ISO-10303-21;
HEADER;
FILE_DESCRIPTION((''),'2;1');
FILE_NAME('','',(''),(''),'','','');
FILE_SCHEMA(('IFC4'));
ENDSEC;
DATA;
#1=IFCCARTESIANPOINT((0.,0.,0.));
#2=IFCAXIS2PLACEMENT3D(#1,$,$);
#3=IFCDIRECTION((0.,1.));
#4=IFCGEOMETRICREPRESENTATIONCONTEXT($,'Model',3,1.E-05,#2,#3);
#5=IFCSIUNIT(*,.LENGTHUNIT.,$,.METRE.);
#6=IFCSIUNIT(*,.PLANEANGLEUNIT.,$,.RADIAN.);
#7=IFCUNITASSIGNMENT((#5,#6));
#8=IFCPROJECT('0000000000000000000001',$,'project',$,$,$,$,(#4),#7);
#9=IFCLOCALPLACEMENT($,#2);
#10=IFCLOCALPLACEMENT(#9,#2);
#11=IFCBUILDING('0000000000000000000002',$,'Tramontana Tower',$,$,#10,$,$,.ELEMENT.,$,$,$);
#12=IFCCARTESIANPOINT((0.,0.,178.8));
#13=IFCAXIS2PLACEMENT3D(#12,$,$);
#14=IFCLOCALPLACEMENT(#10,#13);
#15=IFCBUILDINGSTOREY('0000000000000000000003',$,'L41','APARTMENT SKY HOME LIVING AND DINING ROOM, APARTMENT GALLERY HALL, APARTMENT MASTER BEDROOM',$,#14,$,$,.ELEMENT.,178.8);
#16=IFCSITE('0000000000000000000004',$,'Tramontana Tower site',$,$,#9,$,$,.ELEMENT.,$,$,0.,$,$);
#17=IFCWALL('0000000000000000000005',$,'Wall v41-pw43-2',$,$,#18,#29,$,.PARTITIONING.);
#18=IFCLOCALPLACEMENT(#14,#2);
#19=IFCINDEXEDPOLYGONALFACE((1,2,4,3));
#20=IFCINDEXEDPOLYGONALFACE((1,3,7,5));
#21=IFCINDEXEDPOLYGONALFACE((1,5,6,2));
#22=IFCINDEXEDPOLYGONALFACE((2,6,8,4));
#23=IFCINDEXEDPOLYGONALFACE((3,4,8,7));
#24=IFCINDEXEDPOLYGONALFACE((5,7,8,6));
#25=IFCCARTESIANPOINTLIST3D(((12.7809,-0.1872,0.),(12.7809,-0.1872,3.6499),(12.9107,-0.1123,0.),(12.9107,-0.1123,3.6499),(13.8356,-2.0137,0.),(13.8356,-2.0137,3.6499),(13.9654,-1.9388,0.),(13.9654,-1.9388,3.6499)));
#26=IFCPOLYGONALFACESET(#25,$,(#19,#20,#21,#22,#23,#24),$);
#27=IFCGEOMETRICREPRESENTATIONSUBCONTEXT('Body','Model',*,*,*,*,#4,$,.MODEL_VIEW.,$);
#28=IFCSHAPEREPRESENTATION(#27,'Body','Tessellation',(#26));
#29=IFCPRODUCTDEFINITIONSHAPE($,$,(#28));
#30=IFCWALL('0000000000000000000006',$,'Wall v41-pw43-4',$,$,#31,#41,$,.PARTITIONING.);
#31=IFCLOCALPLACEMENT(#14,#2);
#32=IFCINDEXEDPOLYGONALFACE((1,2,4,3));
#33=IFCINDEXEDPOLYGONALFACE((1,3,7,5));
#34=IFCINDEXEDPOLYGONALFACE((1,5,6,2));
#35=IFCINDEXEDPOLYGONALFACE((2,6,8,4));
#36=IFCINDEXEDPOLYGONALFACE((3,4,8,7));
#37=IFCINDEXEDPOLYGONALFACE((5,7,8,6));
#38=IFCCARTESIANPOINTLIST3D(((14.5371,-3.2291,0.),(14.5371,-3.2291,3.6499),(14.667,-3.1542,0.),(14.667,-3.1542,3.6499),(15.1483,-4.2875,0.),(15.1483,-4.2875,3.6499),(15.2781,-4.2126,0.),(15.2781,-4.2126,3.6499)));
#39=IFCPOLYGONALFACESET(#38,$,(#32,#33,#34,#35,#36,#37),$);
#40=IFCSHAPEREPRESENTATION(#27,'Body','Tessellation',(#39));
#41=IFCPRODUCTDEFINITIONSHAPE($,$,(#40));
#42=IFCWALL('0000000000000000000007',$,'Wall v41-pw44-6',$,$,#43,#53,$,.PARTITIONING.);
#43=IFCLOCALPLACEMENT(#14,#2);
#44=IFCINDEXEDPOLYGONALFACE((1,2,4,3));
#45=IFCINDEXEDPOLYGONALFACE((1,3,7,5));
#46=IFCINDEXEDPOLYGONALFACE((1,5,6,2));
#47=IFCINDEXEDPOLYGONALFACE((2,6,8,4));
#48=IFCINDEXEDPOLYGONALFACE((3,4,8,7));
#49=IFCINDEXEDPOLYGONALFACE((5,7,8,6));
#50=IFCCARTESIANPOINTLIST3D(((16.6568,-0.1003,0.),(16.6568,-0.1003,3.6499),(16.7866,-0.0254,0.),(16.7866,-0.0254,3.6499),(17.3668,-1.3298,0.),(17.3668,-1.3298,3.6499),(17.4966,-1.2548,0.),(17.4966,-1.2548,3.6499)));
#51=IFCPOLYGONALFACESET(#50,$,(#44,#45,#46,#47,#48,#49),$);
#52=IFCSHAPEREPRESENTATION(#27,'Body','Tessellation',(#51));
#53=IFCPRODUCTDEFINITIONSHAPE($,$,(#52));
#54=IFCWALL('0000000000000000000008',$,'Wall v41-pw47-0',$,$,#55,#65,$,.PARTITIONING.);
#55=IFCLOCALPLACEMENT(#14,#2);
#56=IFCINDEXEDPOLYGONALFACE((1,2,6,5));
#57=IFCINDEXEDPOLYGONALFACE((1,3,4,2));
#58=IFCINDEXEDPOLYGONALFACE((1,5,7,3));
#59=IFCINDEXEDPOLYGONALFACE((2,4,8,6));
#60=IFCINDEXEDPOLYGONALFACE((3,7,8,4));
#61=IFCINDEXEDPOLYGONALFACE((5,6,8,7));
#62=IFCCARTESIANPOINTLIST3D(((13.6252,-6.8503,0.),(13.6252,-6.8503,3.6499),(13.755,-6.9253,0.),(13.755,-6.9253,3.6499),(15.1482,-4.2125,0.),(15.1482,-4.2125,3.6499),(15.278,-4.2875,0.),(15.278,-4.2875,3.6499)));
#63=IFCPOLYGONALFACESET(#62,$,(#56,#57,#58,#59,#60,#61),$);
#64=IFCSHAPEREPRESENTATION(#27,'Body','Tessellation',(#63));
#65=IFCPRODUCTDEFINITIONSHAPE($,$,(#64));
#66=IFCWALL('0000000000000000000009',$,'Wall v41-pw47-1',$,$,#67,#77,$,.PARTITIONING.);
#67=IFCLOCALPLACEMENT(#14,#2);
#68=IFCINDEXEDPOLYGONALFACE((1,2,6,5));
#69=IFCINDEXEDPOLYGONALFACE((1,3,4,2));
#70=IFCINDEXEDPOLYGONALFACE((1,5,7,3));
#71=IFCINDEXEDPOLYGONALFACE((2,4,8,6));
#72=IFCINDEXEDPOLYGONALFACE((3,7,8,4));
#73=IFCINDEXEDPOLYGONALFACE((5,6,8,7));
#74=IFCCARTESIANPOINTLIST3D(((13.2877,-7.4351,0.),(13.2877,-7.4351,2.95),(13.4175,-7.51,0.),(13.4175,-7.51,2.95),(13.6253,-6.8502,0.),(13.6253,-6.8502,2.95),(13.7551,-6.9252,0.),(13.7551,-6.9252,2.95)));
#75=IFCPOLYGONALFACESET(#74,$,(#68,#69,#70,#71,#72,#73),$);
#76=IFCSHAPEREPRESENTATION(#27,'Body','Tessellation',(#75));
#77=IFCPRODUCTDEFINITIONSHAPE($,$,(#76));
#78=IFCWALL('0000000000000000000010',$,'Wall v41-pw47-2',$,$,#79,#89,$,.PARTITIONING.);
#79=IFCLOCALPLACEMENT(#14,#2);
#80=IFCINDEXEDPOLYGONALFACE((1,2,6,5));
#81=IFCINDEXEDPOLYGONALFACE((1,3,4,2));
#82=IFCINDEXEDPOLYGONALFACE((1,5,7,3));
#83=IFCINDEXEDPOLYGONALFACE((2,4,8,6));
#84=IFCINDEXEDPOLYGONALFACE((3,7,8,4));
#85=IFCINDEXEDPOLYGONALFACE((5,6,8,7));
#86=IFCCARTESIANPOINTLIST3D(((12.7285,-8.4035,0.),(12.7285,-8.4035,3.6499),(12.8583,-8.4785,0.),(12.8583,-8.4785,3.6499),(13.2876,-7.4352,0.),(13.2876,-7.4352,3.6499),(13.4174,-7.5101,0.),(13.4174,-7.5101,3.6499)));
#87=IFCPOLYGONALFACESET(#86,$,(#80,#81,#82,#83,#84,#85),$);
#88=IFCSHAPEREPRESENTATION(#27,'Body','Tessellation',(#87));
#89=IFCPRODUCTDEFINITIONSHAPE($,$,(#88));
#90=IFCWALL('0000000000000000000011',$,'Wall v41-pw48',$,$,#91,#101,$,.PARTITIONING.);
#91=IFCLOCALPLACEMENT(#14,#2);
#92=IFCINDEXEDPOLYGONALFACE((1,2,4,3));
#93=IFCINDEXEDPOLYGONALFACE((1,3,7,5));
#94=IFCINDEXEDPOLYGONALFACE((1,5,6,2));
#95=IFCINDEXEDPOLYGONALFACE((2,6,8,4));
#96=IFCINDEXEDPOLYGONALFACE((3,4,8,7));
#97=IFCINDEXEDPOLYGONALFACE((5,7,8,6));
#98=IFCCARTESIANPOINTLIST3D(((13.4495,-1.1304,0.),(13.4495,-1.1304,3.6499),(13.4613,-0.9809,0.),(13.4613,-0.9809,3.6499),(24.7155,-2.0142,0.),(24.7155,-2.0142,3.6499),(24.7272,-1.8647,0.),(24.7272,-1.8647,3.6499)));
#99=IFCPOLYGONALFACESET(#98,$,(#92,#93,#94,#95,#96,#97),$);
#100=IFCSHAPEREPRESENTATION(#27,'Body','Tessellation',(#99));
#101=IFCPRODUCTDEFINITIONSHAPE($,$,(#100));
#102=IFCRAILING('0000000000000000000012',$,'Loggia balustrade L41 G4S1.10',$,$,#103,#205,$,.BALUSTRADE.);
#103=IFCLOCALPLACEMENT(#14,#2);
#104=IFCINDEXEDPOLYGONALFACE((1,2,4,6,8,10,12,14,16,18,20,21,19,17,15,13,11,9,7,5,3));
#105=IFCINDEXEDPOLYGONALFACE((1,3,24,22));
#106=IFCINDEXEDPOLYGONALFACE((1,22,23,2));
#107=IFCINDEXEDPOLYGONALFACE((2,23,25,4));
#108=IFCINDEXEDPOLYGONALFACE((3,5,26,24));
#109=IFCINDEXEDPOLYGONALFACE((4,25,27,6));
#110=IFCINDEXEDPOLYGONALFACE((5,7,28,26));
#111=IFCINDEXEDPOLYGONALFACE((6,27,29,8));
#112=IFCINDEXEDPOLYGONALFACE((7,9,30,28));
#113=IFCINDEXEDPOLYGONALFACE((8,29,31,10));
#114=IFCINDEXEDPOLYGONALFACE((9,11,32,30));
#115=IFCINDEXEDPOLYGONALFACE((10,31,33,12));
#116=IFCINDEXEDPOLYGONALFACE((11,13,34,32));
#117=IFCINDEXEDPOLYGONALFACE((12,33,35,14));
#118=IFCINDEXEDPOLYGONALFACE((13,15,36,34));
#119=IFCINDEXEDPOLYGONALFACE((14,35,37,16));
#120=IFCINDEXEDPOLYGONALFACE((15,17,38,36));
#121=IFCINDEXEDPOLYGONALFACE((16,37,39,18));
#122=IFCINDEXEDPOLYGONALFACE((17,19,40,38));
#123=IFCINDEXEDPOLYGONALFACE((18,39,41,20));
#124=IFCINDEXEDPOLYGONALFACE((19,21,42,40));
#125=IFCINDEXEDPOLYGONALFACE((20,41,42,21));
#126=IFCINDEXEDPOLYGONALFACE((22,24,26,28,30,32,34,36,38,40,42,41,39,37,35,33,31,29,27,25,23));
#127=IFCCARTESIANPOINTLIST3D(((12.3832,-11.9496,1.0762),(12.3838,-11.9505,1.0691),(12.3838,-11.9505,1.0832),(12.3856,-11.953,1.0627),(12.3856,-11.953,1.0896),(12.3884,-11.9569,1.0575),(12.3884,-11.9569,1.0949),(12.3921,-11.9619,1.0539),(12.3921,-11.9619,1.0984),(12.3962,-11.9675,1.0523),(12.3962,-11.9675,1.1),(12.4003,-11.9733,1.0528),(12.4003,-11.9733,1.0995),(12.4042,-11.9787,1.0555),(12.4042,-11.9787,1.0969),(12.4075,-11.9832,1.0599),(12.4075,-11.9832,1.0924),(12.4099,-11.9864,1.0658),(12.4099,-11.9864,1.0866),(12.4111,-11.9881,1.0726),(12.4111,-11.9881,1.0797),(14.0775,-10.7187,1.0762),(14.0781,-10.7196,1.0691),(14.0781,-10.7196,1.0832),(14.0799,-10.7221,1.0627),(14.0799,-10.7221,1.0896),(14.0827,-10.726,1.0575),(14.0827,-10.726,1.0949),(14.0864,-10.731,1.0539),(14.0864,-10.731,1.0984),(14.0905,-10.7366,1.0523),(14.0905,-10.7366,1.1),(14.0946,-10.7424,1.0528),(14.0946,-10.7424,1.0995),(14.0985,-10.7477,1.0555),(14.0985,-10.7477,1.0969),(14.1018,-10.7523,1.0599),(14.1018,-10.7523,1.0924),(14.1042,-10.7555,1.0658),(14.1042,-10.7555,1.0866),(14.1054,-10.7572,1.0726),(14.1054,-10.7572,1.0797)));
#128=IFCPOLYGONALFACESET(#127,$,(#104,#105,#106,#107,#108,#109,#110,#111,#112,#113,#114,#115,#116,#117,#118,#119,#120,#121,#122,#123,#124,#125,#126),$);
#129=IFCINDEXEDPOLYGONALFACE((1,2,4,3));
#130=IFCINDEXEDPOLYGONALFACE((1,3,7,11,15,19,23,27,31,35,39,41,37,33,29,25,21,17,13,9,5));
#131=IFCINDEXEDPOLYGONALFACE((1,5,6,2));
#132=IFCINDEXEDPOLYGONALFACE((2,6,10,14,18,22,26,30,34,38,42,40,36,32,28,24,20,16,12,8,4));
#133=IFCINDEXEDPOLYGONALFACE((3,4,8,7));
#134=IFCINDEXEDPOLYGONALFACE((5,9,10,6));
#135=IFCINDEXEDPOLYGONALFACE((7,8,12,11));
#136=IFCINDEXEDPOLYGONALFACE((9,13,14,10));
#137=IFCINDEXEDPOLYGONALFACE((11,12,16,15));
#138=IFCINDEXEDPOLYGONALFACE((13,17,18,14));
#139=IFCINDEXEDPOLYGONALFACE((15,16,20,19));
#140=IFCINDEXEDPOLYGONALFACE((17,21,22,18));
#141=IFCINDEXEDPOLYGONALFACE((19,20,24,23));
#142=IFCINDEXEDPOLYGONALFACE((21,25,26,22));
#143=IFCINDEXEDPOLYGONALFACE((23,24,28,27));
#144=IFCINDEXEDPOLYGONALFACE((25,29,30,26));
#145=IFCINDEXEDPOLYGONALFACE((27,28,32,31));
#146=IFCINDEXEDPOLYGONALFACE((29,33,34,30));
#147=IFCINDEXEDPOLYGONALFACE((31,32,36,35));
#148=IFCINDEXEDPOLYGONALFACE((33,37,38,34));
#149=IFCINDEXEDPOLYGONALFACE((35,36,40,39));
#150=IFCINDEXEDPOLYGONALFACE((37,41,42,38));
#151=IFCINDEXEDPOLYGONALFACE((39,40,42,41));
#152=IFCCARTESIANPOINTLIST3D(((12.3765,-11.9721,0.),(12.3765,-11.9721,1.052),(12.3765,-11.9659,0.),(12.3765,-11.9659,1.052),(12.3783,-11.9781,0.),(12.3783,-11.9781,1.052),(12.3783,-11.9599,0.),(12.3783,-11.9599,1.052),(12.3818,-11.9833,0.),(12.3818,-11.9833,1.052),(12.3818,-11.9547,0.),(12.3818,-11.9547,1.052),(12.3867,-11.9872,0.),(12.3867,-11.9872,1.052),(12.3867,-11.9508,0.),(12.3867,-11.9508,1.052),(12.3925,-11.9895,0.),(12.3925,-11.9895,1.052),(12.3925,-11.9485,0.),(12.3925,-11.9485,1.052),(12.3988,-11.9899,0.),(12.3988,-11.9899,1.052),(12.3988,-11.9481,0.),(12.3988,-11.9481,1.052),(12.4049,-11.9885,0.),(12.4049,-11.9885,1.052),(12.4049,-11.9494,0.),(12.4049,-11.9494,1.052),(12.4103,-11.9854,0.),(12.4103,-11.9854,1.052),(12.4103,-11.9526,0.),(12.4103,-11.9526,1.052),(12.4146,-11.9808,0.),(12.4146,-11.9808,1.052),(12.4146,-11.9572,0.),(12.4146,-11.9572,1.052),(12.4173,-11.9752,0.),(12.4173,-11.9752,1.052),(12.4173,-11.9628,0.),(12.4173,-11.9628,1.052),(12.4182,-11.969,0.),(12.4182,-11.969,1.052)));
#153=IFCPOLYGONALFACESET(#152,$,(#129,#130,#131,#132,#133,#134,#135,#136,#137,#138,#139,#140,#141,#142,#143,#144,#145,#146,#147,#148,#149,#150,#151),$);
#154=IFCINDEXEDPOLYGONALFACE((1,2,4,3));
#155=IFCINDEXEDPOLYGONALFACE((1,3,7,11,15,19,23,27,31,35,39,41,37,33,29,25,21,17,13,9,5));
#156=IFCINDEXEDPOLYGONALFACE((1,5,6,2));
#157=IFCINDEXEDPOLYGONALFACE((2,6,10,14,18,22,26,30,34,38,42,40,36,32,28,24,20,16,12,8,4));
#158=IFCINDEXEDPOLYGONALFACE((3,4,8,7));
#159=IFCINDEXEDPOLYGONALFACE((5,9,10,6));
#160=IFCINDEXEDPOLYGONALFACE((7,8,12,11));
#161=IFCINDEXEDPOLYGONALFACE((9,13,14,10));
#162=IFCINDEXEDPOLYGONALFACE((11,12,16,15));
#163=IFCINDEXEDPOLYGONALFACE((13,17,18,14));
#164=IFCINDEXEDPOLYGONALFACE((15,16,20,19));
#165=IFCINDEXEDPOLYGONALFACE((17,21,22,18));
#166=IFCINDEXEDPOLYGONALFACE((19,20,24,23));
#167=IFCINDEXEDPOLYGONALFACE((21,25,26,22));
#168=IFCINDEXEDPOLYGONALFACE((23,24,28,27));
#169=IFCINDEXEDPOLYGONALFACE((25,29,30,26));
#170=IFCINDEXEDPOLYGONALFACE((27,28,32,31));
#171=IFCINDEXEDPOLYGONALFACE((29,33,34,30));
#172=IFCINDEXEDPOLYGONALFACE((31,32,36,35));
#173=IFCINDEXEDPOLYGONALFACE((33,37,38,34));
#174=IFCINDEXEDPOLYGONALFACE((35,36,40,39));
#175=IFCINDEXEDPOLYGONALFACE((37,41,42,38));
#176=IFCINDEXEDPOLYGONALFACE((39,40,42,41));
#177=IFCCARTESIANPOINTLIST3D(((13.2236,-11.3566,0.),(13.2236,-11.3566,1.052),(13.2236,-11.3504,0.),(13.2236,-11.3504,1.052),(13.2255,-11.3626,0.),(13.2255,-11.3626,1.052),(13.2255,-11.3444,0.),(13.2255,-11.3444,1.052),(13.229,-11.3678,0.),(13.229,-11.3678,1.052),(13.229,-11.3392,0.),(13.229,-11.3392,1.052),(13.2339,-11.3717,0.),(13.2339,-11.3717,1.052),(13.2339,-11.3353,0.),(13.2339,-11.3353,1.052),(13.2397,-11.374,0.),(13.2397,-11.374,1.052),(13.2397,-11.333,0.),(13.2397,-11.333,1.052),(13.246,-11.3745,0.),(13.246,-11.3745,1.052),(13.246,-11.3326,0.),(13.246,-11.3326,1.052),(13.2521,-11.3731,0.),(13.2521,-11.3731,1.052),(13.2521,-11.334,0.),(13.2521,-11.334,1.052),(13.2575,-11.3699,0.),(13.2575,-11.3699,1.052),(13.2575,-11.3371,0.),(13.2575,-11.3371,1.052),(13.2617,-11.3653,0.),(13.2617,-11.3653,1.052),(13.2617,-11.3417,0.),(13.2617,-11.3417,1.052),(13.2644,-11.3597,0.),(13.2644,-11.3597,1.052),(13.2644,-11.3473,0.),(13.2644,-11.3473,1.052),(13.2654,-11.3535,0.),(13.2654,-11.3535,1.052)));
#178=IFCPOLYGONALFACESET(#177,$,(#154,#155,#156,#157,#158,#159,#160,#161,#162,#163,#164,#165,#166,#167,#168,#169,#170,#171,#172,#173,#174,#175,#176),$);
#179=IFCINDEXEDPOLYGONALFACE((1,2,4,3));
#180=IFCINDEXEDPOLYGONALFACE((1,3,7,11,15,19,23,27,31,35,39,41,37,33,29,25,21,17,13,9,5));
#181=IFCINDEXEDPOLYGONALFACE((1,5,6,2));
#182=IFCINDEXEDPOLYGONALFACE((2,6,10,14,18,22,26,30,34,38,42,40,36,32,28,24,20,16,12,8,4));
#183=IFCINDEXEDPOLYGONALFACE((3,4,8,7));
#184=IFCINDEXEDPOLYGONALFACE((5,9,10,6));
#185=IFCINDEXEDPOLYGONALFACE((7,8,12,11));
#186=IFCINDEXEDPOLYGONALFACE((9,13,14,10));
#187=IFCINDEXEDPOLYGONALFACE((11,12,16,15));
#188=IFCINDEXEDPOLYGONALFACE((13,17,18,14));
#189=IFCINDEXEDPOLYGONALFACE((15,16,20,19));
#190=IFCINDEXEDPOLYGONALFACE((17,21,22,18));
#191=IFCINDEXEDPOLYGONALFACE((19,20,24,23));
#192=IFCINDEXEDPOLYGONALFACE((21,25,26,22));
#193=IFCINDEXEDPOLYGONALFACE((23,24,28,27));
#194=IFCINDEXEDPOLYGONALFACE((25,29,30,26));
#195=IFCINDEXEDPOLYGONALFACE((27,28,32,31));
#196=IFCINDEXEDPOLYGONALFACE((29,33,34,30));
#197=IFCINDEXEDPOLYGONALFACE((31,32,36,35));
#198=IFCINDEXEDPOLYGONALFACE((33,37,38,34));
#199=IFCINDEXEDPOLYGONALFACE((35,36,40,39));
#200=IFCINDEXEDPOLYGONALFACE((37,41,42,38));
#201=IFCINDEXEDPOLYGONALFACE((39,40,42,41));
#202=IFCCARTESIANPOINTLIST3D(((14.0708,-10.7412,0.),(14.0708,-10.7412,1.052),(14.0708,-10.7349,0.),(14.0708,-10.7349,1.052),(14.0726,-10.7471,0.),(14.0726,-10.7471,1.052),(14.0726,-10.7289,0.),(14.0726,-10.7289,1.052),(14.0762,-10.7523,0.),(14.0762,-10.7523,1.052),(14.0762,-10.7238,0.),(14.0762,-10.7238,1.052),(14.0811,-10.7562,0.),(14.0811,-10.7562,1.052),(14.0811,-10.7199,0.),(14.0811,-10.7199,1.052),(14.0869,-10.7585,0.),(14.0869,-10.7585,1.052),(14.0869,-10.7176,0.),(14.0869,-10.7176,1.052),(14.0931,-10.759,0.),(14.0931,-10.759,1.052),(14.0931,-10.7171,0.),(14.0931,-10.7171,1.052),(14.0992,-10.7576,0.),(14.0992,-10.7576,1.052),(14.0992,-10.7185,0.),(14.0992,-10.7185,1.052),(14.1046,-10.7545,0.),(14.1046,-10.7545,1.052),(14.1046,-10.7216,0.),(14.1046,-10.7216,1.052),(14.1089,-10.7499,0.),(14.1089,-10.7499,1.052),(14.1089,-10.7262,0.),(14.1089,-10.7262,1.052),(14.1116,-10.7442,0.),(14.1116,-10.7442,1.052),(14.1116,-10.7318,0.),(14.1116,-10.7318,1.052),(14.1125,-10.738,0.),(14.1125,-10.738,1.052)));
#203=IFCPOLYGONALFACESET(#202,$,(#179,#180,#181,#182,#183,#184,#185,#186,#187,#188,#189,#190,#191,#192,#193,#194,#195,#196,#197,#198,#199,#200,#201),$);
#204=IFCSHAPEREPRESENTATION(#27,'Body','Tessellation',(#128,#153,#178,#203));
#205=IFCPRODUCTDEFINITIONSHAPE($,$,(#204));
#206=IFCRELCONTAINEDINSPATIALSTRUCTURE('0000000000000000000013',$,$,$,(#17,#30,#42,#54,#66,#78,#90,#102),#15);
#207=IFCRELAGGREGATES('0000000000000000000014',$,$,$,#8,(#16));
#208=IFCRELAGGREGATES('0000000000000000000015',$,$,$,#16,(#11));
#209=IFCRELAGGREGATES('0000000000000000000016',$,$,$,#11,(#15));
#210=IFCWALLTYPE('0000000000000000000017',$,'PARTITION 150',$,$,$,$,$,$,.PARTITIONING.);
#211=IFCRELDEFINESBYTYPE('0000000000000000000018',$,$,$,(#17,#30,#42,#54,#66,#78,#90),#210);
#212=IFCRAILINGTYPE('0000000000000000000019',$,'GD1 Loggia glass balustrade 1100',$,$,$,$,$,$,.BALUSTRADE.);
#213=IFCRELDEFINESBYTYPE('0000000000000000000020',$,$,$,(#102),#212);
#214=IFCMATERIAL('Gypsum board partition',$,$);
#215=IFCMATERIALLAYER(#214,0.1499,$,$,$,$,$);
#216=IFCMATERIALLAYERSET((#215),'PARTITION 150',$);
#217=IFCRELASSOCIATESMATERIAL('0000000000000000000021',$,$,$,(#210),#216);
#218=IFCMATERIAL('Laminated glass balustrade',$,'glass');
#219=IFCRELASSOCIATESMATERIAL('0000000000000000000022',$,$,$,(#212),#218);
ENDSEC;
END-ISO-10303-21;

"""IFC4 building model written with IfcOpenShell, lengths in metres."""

from ifc_helpers import new_model, si_unit, direction, frame, frame_2d, origin, origin_2d, place, context, subcontext, project, spatial, rectangle, circle, extrude, material, layer, layer_set, type_object, element, save


model = new_model("IFC4")

# Units and contexts
model_context = context("Model", 3, precision=1e-05, world=origin(), true_north=direction((0.0, 1.0)))
body_context = subcontext(model_context, "Body", "Model", "MODEL_VIEW")
ifc_project = project(units=[si_unit("LENGTHUNIT", "METRE"), si_unit("PLANEANGLEUNIT", "RADIAN")], contexts=[model_context])

# Site, building, storey
site_placement = place(None, origin())
site = spatial("IfcSite", under=ifc_project, at=site_placement, Name="Tramontana Tower site", CompositionType="ELEMENT", RefElevation=0.0)
building_placement = place(site_placement, origin())
building = spatial("IfcBuilding", under=site, at=building_placement, Name="Tramontana Tower", CompositionType="ELEMENT")
storey_placement = place(building_placement, frame((0.0, 0.0, 178.8)))
storey = spatial("IfcBuildingStorey", under=building, at=storey_placement, Name="L41", Description="APARTMENT SKY HOME LIVING AND DINING ROOM, APARTMENT GALLERY HALL, APARTMENT MASTER BEDROOM", CompositionType="ELEMENT", Elevation=178.8)

# Wall
ifc_material_1 = material(Name="Gypsum board partition")
ifc_layer_1 = layer(ifc_material_1, 0.1499)
ifc_layer_set_1 = layer_set([ifc_layer_1], Name="PARTITION 150")
wall_type_1 = type_object("IfcWallType", Name="PARTITION 150", PredefinedType="PARTITIONING", material=ifc_layer_set_1)
wall_1_placement = place(storey_placement, frame((12.8457, -0.1497, 0.0), z_axis=(0.0, 0.0, 1.0), x_axis=(0.500073, -0.865983, 0.0)))
element("IfcWall", 1, at=wall_1_placement, inside=storey, type_object=wall_type_1, Name="Wall v41-pw43-2", PredefinedType="PARTITIONING", context=body_context, shape_type="SweptSolid", body=[
    extrude(rectangle(XDim=2.1091, YDim=0.1499, at=frame_2d((1.0547, 0.0))), origin(), (0.0, 0.0, 1.0), 3.6499),
])

# Walls
wall_2_placement = place(storey_placement, frame((14.6021, -3.1917, 0.0), z_axis=(0.0, 0.0, 1.0), x_axis=(0.500028, -0.866009, 0.0)))
element("IfcWall", 2, at=wall_2_placement, inside=storey, type_object=wall_type_1, Name="Wall v41-pw43-4", PredefinedType="PARTITIONING", context=body_context, shape_type="SweptSolid", body=[
    extrude(rectangle(XDim=1.2222, YDim=0.1499, at=frame_2d((0.6111, 0.0))), origin(), (0.0, 0.0, 1.0), 3.6499),
])
wall_3_placement = place(storey_placement, frame((16.7217, -0.0627, 0.0), z_axis=(0.0, 0.0, 1.0), x_axis=(0.50006, -0.865991, 0.0)))
element("IfcWall", 3, at=wall_3_placement, inside=storey, type_object=wall_type_1, Name="Wall v41-pw44-6", PredefinedType="PARTITIONING", context=body_context, shape_type="SweptSolid", body=[
    extrude(rectangle(XDim=1.4197, YDim=0.1499, at=frame_2d((0.71, 0.0))), origin(), (0.0, 0.0, 1.0), 3.6499),
])

# Walls
wall_4_placement = place(storey_placement, frame((15.2131, -4.25, 0.0), z_axis=(0.0, 0.0, 1.0), x_axis=(-0.500018, -0.866015, 0.0)))
element("IfcWall", 4, at=wall_4_placement, inside=storey, type_object=wall_type_1, Name="Wall v41-pw47-0", PredefinedType="PARTITIONING", context=body_context, shape_type="SweptSolid", body=[
    extrude(rectangle(XDim=3.0459, YDim=0.1499, at=frame_2d((1.5229, 0.0))), origin(), (0.0, 0.0, 1.0), 3.6499),
])
wall_5_placement = place(storey_placement, frame((13.6902, -6.8877, 0.0), z_axis=(0.0, 0.0, 1.0), x_axis=(-0.49991, -0.866077, 0.0)))
element("IfcWall", 5, at=wall_5_placement, inside=storey, type_object=wall_type_1, Name="Wall v41-pw47-1", PredefinedType="PARTITIONING", context=body_context, shape_type="SweptSolid", body=[
    extrude(rectangle(XDim=0.6753, YDim=0.1499, at=frame_2d((0.3376, 0.0))), origin(), (0.0, 0.0, 1.0), 2.95),
])
wall_6_placement = place(storey_placement, frame((13.3525, -7.4727, 0.0), z_axis=(0.0, 0.0, 1.0), x_axis=(-0.500037, -0.866004, 0.0)))
element("IfcWall", 6, at=wall_6_placement, inside=storey, type_object=wall_type_1, Name="Wall v41-pw47-2", PredefinedType="PARTITIONING", context=body_context, shape_type="SweptSolid", body=[
    extrude(rectangle(XDim=1.1182, YDim=0.1499, at=frame_2d((0.5591, 0.0))), origin(), (0.0, 0.0, 1.0), 3.6499),
])
wall_7_placement = place(storey_placement, frame((24.7214, -1.9395, 0.0), z_axis=(0.0, 0.0, 1.0), x_axis=(-0.996937, 0.078208, 0.0)))
element("IfcWall", 7, at=wall_7_placement, inside=storey, type_object=wall_type_1, Name="Wall v41-pw48", PredefinedType="PARTITIONING", context=body_context, shape_type="SweptSolid", body=[
    extrude(rectangle(XDim=11.3005, YDim=0.1499, at=frame_2d((5.6504, 0.0))), origin(), (0.0, 0.0, 1.0), 3.6499),
])

# Railing
ifc_material_2 = material(Name="Laminated glass balustrade", Category="glass")
railing_type = type_object("IfcRailingType", Name="GD1 Loggia glass balustrade 1100", PredefinedType="BALUSTRADE", material=ifc_material_2)
railing_placement = place(storey_placement, frame((12.3972, -11.969, 0.0)))
element("IfcRailing", 8, at=railing_placement, inside=storey, type_object=railing_type, Name="Loggia balustrade L41 G4S1.10", PredefinedType="BALUSTRADE", context=body_context, shape_type="SweptSolid", body=[
    extrude(circle(Radius=0.0239, at=origin_2d()), frame((0.0, 0.0, 1.0762), z_axis=(0.809028, 0.58777, 0.0), x_axis=(-0.58777, 0.809028, 0.0)), (0.0, 0.0, 1.0), 2.0942),
    extrude(circle(Radius=0.021, at=origin_2d()), origin(), (0.0, 0.0, 1.0), 1.052),
    extrude(circle(Radius=0.021, at=origin_2d()), frame((0.8472, 0.6155, 0.0)), (0.0, 0.0, 1.0), 1.052),
    extrude(circle(Radius=0.021, at=origin_2d()), frame((1.6943, 1.231, 0.0)), (0.0, 0.0, 1.0), 1.052),
])

save(model, "model.ifc")
